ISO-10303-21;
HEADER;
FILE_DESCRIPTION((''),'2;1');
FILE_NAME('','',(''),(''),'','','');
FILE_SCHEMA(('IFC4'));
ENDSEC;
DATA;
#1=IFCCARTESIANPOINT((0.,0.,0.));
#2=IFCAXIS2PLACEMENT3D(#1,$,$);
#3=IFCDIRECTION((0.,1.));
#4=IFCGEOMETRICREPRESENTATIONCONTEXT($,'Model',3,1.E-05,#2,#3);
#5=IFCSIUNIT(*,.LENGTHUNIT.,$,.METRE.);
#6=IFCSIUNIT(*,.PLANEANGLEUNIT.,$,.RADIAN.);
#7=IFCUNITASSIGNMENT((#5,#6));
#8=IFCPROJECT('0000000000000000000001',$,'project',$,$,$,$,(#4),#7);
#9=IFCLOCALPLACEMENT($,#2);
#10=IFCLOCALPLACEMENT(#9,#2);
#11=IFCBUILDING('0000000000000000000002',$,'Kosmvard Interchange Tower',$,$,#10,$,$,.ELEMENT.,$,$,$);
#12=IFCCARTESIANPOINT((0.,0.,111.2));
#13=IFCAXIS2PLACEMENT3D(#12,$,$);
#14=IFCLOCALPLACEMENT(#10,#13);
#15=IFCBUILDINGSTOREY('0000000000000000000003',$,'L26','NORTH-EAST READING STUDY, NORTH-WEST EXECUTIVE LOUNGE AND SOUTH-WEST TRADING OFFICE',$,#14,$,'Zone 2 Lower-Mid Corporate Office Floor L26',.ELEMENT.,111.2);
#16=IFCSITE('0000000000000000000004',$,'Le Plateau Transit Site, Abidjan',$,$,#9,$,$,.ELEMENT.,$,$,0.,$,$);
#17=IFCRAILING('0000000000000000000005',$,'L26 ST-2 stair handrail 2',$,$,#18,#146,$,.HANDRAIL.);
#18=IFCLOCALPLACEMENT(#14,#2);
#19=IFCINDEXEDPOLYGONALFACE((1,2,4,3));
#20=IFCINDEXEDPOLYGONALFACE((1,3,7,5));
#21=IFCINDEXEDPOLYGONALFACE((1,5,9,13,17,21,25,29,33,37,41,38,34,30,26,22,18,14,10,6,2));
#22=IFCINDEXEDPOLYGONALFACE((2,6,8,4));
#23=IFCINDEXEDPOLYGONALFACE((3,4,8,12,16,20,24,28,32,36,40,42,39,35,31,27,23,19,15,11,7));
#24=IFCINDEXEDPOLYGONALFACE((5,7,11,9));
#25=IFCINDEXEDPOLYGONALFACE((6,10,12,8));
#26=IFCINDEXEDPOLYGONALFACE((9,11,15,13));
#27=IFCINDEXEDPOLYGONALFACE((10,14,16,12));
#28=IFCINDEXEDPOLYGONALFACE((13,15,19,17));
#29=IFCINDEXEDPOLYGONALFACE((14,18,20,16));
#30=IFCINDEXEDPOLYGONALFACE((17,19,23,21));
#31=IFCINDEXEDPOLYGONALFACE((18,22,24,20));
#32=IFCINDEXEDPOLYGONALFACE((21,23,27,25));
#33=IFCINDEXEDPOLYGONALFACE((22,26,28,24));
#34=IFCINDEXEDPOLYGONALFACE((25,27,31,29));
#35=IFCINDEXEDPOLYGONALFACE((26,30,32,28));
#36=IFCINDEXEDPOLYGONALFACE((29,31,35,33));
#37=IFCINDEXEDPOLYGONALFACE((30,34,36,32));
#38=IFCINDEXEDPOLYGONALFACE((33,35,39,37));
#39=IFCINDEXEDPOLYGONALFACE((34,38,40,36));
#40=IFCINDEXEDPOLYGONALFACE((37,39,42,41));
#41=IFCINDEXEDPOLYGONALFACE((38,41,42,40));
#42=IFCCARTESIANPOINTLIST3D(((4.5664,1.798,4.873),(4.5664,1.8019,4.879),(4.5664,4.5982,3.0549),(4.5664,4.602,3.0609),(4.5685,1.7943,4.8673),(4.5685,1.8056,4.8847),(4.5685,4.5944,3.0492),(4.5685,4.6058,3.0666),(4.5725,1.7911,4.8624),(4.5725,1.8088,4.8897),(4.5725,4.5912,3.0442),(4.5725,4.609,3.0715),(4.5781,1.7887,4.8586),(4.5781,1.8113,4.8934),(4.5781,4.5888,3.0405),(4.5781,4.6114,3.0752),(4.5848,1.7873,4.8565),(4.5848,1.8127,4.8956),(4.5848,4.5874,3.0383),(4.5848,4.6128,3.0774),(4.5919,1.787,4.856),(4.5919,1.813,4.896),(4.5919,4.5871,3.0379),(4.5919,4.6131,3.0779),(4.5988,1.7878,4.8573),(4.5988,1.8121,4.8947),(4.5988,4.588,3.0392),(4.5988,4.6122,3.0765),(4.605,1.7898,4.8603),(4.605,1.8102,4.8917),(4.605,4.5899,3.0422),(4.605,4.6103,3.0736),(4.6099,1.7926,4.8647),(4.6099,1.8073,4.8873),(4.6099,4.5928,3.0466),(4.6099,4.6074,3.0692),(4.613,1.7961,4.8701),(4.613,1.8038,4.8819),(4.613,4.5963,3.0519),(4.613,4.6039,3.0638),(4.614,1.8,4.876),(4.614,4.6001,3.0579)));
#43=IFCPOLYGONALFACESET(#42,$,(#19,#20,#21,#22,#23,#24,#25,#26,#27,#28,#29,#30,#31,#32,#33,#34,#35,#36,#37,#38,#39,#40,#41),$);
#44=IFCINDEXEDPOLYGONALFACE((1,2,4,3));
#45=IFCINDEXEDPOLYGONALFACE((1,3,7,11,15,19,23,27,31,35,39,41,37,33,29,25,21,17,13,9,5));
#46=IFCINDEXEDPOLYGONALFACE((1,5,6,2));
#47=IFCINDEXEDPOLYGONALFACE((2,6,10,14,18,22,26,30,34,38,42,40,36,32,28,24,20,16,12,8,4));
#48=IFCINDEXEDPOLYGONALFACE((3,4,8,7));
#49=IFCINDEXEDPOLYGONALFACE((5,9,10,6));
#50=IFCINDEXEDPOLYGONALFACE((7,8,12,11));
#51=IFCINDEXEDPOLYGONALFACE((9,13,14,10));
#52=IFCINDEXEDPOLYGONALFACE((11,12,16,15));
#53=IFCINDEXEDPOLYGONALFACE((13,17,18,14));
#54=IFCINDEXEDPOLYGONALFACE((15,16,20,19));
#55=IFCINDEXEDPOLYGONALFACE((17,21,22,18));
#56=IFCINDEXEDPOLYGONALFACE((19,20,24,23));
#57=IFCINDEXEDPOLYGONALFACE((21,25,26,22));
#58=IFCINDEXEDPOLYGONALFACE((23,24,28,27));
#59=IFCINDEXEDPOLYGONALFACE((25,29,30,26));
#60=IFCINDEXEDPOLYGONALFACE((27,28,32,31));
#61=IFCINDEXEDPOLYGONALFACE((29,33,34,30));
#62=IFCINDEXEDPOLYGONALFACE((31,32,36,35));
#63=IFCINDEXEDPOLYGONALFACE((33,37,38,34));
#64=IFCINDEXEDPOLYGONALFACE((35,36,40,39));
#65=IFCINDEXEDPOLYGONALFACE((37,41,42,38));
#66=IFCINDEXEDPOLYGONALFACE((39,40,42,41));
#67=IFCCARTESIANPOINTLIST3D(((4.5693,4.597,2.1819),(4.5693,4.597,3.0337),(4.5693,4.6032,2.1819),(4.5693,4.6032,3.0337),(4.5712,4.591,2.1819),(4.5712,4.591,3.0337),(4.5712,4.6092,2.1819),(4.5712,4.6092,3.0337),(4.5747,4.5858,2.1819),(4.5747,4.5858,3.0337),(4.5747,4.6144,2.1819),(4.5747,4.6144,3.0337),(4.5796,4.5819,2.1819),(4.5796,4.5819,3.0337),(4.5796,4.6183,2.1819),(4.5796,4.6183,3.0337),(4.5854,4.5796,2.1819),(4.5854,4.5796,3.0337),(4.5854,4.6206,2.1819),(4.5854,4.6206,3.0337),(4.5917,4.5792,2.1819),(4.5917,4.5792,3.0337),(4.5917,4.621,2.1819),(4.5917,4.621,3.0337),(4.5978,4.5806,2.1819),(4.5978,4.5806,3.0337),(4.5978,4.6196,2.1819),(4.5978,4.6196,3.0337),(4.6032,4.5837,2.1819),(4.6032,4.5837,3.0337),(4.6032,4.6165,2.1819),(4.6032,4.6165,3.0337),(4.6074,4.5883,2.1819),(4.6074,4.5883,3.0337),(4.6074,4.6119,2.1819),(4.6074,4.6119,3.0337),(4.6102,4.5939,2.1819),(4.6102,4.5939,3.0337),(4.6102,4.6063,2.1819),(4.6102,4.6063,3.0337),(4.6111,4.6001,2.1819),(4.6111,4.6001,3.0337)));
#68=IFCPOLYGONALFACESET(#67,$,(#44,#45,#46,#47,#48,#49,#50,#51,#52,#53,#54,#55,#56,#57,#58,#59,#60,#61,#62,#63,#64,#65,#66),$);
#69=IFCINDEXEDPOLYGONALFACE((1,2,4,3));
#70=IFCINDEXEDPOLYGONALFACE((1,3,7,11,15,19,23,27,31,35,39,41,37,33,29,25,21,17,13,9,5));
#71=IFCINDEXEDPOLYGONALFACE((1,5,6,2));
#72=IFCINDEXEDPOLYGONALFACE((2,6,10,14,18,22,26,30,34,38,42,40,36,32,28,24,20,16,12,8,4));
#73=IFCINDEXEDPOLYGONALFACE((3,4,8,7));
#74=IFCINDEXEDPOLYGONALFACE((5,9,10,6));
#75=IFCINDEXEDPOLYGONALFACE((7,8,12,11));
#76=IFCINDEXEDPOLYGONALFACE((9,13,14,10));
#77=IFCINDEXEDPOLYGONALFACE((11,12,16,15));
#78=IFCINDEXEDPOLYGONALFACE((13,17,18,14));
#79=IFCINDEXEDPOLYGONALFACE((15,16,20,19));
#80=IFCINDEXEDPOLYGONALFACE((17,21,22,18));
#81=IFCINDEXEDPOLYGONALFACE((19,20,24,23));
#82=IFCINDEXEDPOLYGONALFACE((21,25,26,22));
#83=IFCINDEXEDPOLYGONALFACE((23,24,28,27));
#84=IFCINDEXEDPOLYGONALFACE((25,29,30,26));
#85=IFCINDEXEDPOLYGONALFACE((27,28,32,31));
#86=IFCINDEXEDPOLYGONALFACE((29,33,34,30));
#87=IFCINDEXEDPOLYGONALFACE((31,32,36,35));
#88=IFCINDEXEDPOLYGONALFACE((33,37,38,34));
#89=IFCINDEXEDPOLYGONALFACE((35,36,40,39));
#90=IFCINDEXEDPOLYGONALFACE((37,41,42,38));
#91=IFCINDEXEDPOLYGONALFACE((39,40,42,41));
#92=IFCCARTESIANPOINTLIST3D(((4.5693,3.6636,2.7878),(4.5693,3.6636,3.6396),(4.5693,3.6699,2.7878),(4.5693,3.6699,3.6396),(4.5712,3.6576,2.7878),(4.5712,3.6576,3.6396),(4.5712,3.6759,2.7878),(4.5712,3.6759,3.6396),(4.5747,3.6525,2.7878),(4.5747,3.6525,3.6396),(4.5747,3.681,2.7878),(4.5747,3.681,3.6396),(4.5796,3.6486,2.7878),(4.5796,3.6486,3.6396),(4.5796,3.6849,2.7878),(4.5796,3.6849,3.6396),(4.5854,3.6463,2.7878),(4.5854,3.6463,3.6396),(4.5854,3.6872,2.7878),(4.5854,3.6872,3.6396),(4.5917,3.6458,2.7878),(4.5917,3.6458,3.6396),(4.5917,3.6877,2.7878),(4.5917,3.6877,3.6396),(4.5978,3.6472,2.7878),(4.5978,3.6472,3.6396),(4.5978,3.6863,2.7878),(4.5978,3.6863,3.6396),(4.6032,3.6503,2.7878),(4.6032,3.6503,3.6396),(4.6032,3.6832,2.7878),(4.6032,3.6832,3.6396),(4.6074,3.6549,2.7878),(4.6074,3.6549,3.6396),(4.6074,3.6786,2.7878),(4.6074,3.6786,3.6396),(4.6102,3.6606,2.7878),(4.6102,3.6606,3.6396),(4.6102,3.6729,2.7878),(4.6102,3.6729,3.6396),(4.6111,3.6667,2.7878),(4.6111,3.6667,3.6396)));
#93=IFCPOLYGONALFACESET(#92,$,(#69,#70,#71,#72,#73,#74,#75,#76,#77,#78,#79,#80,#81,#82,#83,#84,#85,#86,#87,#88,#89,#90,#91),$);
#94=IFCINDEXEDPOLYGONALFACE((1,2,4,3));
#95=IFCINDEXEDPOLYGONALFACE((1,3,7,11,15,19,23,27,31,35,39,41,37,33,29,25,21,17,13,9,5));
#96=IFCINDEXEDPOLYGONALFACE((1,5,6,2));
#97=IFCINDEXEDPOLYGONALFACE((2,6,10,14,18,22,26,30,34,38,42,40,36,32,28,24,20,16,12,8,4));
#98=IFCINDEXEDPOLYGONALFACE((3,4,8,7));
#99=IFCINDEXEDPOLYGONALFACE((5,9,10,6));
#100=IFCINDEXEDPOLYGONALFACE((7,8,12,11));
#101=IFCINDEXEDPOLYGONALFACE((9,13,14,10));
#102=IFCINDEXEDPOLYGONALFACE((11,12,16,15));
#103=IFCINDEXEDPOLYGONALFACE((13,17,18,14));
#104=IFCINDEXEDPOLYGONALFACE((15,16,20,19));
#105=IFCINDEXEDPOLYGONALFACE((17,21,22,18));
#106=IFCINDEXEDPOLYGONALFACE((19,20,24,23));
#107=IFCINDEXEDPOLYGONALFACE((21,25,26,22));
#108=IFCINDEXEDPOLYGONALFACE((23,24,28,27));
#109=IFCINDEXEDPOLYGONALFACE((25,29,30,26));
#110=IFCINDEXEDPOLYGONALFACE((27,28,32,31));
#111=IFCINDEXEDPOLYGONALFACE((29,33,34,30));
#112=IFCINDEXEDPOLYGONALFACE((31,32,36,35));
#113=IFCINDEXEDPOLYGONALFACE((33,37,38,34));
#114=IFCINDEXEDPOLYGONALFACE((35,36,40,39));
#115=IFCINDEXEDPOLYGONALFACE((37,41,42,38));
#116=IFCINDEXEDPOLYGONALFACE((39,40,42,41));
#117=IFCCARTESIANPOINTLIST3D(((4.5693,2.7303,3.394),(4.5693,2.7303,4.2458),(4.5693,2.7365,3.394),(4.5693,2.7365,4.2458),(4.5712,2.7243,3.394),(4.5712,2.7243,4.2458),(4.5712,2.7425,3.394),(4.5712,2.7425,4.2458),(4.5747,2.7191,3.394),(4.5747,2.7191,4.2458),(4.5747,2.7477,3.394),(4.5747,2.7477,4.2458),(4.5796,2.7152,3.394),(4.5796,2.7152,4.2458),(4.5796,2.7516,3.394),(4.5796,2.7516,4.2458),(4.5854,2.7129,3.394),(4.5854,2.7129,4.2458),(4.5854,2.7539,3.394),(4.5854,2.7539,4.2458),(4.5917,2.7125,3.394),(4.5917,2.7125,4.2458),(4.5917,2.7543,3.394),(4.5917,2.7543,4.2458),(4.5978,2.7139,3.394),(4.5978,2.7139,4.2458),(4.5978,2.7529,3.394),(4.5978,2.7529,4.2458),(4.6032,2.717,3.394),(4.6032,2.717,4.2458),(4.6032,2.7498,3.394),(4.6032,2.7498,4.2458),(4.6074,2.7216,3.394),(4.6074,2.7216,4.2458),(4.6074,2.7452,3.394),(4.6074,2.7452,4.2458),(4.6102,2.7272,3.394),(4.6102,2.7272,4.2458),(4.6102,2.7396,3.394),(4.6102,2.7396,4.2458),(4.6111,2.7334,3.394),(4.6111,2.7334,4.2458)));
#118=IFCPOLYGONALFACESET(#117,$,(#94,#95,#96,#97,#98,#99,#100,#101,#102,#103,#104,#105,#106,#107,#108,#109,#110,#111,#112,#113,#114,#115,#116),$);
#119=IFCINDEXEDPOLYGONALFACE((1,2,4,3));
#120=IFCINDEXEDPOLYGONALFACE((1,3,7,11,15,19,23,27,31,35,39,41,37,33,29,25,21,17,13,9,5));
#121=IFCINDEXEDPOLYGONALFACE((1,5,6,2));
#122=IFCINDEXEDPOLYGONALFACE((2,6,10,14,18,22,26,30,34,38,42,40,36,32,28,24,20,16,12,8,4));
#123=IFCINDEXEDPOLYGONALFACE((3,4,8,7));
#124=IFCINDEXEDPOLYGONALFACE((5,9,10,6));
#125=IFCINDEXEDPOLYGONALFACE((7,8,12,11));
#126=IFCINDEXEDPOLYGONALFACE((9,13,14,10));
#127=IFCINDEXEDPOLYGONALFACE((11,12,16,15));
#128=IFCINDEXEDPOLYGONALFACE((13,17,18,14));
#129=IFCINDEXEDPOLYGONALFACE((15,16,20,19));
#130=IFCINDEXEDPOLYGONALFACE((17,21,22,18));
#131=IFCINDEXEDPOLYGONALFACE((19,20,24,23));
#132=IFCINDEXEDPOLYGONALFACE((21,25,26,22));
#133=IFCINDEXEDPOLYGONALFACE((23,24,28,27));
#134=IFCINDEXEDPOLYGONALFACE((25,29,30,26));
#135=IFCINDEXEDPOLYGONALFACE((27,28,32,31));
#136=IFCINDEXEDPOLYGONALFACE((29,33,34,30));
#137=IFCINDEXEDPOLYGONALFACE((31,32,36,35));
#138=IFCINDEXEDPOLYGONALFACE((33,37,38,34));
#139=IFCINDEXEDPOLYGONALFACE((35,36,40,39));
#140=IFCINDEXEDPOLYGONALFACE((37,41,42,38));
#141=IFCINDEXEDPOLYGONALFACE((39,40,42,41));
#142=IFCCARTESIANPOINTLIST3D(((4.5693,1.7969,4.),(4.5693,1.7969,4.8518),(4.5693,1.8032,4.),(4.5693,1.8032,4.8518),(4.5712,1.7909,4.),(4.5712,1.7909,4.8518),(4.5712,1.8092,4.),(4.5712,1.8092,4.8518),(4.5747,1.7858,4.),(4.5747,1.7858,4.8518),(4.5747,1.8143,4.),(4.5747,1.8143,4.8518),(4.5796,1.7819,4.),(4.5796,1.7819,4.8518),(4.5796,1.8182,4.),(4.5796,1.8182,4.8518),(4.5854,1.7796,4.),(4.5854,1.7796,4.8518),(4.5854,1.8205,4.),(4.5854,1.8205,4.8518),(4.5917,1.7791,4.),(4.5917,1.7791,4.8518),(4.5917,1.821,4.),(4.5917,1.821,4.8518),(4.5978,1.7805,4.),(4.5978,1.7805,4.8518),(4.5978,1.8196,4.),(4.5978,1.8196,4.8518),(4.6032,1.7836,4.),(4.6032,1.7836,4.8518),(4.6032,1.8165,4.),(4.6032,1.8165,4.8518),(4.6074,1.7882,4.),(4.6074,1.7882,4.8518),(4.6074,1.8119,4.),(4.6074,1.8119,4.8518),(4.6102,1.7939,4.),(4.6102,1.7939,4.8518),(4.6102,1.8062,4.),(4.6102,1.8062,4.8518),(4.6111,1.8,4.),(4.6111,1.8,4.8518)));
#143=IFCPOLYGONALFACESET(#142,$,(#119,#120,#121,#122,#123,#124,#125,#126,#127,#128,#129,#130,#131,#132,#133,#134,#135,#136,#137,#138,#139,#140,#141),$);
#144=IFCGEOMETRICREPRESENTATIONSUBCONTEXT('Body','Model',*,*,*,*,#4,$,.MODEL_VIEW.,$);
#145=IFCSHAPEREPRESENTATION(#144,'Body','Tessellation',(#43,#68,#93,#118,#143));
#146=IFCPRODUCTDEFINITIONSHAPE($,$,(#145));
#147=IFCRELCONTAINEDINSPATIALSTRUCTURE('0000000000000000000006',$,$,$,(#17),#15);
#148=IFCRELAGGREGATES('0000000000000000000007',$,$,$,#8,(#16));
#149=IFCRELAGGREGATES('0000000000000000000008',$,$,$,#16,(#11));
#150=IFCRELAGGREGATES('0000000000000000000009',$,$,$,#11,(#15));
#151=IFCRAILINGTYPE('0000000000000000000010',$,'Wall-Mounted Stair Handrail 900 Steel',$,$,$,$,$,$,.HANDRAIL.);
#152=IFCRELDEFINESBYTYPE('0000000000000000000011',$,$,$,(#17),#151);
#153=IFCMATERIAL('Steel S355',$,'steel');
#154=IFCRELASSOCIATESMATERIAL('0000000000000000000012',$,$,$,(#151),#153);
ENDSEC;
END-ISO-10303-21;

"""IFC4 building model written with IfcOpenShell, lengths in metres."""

from ifc_helpers import new_model, si_unit, direction, frame, origin, origin_2d, place, context, subcontext, project, spatial, circle, extrude, source, transform, mapped, material, type_object, element, save


model = new_model("IFC4")

# Units and contexts
model_context = context("Model", 3, precision=1e-05, world=origin(), true_north=direction((0.0, 1.0)))
body_context = subcontext(model_context, "Body", "Model", "MODEL_VIEW")
ifc_project = project(units=[si_unit("LENGTHUNIT", "METRE"), si_unit("PLANEANGLEUNIT", "RADIAN")], contexts=[model_context])

# Site, building, storey
site_placement = place(None, origin())
site = spatial("IfcSite", under=ifc_project, at=site_placement, Name="Le Plateau Transit Site, Abidjan", CompositionType="ELEMENT", RefElevation=0.0)
building_placement = place(site_placement, origin())
building = spatial("IfcBuilding", under=site, at=building_placement, Name="Kosmvard Interchange Tower", CompositionType="ELEMENT")
storey_placement = place(building_placement, frame((0.0, 0.0, 111.2)))
storey = spatial("IfcBuildingStorey", under=building, at=storey_placement, Name="L26", Description="NORTH-EAST READING STUDY, NORTH-WEST EXECUTIVE LOUNGE AND SOUTH-WEST TRADING OFFICE", LongName="Zone 2 Lower-Mid Corporate Office Floor L26", CompositionType="ELEMENT", Elevation=111.2)

# Shared definitions
ifc_material_1 = material(Name="Steel S355", Category="steel")

# Railing
railing_type_1 = type_object("IfcRailingType", Name="Wall-Mounted Stair Handrail 900 Steel", PredefinedType="HANDRAIL", material=ifc_material_1)
shared_shape_1 = source(origin(), body_context, "Body", "SweptSolid", [
    extrude(circle(Radius=0.0239, at=origin_2d()), frame((0.0, 0.0, 0.876), z_axis=(0.0, -0.838706, 0.544585), x_axis=(1.0, 0.0, 0.0)), (0.0, 0.0, 1.0), 3.3386),
    extrude(circle(Radius=0.021, at=origin_2d()), origin(), (0.0, 0.0, 1.0), 0.8518),
    extrude(circle(Radius=0.021, at=origin_2d()), frame((0.0, -0.9333, 0.606)), (0.0, 0.0, 1.0), 0.8518),
    extrude(circle(Radius=0.021, at=origin_2d()), frame((0.0, -1.8667, 1.2122)), (0.0, 0.0, 1.0), 0.8518),
    extrude(circle(Radius=0.021, at=origin_2d()), frame((0.0, -2.8, 1.8181)), (0.0, 0.0, 1.0), 0.8518),
])
railing_1_placement = place(storey_placement, frame((4.5901, 4.6001, 2.1819)))
element("IfcRailing", 1, at=railing_1_placement, inside=storey, type_object=railing_type_1, Name="L26 ST-2 stair handrail 2", PredefinedType="HANDRAIL", context=body_context, shape_type="MappedRepresentation", body=[
    mapped(shared_shape_1, transform((0.0, 0.0, 0.0), scale=1.0)),
])

save(model, "model.ifc")
